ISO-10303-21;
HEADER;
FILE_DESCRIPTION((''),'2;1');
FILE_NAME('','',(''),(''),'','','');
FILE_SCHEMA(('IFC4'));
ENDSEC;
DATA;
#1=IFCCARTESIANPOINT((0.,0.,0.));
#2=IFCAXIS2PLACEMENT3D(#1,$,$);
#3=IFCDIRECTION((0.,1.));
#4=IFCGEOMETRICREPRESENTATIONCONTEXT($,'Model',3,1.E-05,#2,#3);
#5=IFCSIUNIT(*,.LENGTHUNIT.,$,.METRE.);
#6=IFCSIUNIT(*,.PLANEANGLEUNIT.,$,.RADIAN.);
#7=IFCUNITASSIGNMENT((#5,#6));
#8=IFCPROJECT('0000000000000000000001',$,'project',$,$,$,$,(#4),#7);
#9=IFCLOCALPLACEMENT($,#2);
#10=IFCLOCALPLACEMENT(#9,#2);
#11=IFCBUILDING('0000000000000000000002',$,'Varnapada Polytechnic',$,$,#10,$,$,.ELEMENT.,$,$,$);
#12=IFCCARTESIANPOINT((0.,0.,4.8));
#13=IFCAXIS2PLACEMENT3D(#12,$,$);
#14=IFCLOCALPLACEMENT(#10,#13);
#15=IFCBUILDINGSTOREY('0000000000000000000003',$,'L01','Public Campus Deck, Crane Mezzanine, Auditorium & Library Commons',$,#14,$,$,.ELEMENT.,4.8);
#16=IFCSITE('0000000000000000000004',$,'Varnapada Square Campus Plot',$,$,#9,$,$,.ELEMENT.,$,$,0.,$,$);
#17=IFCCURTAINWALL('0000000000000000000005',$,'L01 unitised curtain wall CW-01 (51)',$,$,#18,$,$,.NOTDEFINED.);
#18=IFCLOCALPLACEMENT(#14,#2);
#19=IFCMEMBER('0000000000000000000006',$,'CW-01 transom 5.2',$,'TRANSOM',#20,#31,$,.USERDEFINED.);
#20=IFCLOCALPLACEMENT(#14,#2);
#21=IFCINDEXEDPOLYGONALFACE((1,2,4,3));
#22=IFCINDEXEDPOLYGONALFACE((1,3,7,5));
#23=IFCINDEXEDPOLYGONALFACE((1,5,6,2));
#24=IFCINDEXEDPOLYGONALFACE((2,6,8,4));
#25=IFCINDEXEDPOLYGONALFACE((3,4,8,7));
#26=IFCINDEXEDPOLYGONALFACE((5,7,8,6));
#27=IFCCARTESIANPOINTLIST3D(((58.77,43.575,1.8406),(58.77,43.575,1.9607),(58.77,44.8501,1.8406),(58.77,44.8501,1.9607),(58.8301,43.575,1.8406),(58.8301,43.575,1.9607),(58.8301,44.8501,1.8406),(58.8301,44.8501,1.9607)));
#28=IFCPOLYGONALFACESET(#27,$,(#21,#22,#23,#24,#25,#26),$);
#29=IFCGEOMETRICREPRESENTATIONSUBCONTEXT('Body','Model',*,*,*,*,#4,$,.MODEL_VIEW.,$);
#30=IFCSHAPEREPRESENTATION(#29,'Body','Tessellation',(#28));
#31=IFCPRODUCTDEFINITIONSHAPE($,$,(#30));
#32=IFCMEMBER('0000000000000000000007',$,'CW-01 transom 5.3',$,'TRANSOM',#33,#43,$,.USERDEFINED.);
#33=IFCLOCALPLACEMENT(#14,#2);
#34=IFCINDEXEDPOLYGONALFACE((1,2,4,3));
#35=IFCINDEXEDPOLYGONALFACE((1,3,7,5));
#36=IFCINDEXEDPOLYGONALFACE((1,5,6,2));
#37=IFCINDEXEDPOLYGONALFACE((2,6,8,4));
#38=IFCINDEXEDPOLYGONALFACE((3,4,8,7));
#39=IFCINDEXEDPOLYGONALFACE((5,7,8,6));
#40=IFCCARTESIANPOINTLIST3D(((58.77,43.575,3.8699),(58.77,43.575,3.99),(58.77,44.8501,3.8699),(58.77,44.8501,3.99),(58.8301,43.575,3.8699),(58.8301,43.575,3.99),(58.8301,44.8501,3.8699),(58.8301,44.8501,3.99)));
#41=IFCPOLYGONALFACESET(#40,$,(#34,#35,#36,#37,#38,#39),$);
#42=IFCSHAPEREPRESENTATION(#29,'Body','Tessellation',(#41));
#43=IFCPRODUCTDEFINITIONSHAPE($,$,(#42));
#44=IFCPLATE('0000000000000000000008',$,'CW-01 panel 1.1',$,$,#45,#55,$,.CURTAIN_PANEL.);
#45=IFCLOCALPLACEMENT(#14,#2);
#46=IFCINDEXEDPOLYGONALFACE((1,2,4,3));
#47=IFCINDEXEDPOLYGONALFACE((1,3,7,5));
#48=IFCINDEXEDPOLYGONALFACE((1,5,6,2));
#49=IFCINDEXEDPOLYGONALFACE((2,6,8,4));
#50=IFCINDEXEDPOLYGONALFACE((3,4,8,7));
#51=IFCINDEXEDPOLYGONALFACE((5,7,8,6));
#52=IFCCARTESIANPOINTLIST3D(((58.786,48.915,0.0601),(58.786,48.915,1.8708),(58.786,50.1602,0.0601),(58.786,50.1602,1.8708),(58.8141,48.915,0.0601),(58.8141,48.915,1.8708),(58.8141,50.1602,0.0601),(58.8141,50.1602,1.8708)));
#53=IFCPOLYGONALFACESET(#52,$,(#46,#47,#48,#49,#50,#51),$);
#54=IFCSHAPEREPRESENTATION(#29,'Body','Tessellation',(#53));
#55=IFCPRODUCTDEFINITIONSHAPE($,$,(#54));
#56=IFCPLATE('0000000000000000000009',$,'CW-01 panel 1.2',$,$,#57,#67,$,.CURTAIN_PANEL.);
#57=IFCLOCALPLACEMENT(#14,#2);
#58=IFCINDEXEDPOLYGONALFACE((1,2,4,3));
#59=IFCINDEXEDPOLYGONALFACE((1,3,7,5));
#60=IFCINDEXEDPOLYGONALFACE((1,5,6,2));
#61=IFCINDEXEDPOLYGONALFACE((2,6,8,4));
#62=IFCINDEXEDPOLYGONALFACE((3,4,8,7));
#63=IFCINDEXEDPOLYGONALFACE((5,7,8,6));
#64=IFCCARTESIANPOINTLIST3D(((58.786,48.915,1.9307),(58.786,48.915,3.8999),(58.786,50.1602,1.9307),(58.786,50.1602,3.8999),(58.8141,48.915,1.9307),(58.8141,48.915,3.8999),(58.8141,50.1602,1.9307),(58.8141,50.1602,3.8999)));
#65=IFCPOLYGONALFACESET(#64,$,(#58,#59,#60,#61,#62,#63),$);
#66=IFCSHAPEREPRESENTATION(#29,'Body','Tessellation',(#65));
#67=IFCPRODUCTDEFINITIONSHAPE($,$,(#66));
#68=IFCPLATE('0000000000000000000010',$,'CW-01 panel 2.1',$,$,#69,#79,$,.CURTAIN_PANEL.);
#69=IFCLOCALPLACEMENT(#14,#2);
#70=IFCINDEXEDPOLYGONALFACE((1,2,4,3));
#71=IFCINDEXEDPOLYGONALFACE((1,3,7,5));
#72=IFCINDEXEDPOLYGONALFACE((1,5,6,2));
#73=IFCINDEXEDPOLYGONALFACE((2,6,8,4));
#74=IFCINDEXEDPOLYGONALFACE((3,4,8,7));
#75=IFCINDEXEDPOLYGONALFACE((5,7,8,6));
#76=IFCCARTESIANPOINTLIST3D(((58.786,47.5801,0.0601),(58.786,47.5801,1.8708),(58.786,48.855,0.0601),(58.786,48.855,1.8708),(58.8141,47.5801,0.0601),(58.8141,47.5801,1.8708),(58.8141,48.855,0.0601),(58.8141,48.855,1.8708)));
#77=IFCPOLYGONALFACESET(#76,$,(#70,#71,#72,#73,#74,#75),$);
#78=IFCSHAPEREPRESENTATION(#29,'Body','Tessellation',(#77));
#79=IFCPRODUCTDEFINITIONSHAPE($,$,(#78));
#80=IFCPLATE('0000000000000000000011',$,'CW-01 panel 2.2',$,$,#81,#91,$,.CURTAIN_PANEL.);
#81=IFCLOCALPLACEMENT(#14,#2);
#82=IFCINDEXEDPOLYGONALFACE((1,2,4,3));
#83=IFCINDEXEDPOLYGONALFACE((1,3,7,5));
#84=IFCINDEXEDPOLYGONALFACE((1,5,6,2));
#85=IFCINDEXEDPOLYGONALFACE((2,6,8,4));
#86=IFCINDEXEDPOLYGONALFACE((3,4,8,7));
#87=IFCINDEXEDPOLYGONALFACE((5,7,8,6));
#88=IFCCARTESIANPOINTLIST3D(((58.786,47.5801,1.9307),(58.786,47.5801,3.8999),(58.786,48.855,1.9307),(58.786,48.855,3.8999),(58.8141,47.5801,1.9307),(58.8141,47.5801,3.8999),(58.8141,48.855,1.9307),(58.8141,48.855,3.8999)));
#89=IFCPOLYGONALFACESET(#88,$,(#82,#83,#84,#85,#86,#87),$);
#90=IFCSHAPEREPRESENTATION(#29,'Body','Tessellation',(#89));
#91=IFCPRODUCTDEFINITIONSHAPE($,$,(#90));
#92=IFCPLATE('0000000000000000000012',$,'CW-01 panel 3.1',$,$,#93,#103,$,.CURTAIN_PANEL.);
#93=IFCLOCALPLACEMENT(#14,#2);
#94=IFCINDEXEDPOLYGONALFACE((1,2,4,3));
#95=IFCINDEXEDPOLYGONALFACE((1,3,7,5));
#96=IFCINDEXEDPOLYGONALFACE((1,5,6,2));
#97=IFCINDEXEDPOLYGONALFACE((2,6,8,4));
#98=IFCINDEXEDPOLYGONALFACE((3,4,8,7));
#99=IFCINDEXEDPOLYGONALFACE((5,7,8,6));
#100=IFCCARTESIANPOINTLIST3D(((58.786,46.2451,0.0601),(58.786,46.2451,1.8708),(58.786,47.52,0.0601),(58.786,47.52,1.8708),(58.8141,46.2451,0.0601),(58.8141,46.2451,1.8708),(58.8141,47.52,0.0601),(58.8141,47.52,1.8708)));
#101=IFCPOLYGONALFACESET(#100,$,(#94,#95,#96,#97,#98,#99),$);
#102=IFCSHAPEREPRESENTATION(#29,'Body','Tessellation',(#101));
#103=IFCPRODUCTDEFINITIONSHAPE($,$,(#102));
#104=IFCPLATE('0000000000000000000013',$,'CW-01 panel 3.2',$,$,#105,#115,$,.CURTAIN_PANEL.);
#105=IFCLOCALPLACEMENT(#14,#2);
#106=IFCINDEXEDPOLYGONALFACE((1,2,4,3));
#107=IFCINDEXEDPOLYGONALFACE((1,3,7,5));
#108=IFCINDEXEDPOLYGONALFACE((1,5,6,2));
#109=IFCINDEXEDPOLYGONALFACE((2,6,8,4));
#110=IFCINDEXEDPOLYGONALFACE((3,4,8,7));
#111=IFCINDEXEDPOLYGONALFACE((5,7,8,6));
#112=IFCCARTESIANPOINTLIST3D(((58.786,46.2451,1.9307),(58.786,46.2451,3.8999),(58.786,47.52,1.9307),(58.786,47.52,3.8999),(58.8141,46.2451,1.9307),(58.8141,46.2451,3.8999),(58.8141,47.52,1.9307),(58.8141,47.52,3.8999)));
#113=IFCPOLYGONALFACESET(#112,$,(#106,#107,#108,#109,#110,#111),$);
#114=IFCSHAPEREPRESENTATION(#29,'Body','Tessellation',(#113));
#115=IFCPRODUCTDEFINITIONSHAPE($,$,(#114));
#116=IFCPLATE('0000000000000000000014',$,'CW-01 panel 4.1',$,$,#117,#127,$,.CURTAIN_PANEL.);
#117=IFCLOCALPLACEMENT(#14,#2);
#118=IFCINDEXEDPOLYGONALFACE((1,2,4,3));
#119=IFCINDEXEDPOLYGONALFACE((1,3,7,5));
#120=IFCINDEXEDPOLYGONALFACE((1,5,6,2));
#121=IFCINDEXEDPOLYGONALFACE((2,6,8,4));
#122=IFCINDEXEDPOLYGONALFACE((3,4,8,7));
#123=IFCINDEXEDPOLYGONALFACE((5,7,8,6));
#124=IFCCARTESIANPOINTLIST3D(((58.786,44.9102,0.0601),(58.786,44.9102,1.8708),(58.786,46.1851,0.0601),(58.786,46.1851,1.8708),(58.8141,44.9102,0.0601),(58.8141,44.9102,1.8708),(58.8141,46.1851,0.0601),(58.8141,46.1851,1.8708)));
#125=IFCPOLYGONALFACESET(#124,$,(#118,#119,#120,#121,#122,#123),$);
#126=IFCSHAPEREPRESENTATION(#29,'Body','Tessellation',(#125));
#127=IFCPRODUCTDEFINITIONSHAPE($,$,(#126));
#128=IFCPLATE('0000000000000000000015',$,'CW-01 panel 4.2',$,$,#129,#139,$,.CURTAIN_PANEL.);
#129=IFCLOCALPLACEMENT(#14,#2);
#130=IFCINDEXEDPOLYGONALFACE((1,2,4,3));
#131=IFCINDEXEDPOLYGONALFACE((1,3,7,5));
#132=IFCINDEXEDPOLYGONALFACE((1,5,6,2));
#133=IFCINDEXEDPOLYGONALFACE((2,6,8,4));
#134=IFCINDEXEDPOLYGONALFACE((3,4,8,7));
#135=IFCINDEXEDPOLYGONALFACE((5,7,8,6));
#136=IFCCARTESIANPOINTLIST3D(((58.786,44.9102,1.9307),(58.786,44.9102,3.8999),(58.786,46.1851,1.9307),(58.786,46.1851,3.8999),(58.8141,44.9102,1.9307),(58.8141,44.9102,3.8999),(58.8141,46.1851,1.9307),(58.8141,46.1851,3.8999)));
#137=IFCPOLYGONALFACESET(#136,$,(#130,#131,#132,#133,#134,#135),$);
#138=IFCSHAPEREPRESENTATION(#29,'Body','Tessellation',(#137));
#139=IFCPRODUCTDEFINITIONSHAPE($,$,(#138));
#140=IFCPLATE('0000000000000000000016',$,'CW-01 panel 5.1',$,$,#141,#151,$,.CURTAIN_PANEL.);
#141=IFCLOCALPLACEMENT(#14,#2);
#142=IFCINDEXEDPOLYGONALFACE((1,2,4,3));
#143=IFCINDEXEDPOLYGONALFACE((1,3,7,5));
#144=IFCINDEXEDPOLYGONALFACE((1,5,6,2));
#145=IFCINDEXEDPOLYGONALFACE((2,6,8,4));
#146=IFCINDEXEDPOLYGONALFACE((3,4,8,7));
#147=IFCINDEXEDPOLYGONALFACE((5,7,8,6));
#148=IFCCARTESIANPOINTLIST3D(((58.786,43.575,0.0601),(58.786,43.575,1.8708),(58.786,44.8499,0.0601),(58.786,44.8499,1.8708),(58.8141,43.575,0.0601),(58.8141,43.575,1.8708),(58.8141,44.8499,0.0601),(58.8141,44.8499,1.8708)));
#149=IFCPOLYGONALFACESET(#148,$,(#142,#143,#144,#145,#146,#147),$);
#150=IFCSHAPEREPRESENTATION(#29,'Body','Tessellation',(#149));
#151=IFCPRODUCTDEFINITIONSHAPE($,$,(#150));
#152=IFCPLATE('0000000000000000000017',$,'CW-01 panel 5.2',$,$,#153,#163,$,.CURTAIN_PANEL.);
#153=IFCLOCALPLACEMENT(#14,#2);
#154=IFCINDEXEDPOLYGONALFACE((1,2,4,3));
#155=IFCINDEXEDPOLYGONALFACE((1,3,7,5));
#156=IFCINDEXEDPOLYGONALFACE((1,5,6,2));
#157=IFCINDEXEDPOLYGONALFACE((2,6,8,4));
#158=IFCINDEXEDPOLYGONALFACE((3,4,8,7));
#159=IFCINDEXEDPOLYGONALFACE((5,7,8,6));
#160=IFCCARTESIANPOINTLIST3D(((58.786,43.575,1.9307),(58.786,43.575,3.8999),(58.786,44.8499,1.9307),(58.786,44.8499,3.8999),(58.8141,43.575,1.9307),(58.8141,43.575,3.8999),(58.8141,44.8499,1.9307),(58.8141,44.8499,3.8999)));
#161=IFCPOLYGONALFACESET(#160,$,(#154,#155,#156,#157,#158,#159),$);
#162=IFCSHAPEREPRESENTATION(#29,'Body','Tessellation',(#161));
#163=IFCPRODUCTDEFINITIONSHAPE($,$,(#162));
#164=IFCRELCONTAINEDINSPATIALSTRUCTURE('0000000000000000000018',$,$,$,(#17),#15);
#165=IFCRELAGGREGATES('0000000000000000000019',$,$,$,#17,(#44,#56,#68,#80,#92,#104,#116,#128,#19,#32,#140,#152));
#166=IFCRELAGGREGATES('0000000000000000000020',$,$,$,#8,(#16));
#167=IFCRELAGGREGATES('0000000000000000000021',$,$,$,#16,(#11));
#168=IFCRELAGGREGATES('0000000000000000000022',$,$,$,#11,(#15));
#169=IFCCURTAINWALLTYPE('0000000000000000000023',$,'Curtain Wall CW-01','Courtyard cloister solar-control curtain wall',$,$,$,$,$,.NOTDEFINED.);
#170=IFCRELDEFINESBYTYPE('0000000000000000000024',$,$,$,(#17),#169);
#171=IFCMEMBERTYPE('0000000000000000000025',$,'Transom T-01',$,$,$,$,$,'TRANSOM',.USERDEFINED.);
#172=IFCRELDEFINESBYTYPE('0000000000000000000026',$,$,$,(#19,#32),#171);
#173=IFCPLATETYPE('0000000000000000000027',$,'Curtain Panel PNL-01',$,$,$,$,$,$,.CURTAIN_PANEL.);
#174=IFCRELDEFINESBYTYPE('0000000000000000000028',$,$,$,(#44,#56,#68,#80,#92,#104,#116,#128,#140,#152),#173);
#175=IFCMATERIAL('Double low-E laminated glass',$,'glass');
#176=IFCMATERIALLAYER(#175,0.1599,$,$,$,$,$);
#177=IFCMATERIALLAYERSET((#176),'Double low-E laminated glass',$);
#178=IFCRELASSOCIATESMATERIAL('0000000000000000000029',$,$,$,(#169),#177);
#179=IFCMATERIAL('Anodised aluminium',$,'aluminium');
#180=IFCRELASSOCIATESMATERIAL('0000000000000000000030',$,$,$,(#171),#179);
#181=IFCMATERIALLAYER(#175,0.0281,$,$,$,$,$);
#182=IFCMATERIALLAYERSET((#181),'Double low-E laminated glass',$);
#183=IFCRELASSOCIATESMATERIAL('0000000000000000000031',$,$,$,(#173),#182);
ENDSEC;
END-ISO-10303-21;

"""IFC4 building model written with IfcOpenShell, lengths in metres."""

from ifc_helpers import new_model, si_unit, direction, frame, origin, origin_2d, place, context, subcontext, project, spatial, rectangle, extrude, material, layer, layer_set, material_profile, profile_set, type_object, element, aggregate, save


model = new_model("IFC4")

# Units and contexts
model_context = context("Model", 3, precision=1e-05, world=origin(), true_north=direction((0.0, 1.0)))
body_context = subcontext(model_context, "Body", "Model", "MODEL_VIEW")
ifc_project = project(units=[si_unit("LENGTHUNIT", "METRE"), si_unit("PLANEANGLEUNIT", "RADIAN")], contexts=[model_context])

# Site, building, storey
site_placement = place(None, origin())
site = spatial("IfcSite", under=ifc_project, at=site_placement, Name="Varnapada Square Campus Plot", CompositionType="ELEMENT", RefElevation=0.0)
building_placement = place(site_placement, origin())
building = spatial("IfcBuilding", under=site, at=building_placement, Name="Varnapada Polytechnic", CompositionType="ELEMENT")
storey_placement = place(building_placement, frame((0.0, 0.0, 4.8)))
storey = spatial("IfcBuildingStorey", under=building, at=storey_placement, Name="L01", Description="Public Campus Deck, Crane Mezzanine, Auditorium & Library Commons", CompositionType="ELEMENT", Elevation=4.8)

# Curtain wall, members, plates
ifc_material_1 = material(Name="Double low-E laminated glass", Category="glass")
ifc_layer_1 = layer(ifc_material_1, 0.1599)
ifc_layer_set_1 = layer_set([ifc_layer_1], Name="Double low-E laminated glass")
curtain_wall_type = type_object("IfcCurtainWallType", Name="Curtain Wall CW-01", Description="Courtyard cloister solar-control curtain wall", PredefinedType="NOTDEFINED", material=ifc_layer_set_1)
curtain_wall_placement = place(storey_placement, origin())
curtain_wall = element("IfcCurtainWall", 1, at=curtain_wall_placement, inside=storey, type_object=curtain_wall_type, Name="L01 unitised curtain wall CW-01 (51)", PredefinedType="NOTDEFINED")
ifc_material_2 = material(Name="Anodised aluminium", Category="aluminium")
ifc_material_profile_1 = material_profile(ifc_material_2, rectangle(XDim=0.0601, YDim=0.1201, at=origin_2d()), Name="ALU T60x120")
ifc_profile_set_1 = profile_set([ifc_material_profile_1], Name="Anodised aluminium")
member_type_1 = type_object("IfcMemberType", Name="Transom T-01", ElementType="TRANSOM", PredefinedType="USERDEFINED", material=ifc_profile_set_1)
member_1_placement = place(storey_placement, frame((58.8, 44.8501, 1.9006), z_axis=(0.0, -1.0, 0.0), x_axis=(1.0, 0.0, 0.0)))
member_1 = element("IfcMember", 2, at=member_1_placement, type_object=member_type_1, Name="CW-01 transom 5.2", ObjectType="TRANSOM", PredefinedType="USERDEFINED", context=body_context, shape_type="SweptSolid", body=[
    extrude(rectangle(XDim=0.0601, YDim=0.1201, at=origin_2d()), origin(), (0.0, 0.0, 1.0), 1.2751),
])
member_2_placement = place(storey_placement, frame((58.8, 44.8501, 3.9299), z_axis=(0.0, -1.0, 0.0), x_axis=(1.0, 0.0, 0.0)))
member_2 = element("IfcMember", 3, at=member_2_placement, type_object=member_type_1, Name="CW-01 transom 5.3", ObjectType="TRANSOM", PredefinedType="USERDEFINED", context=body_context, shape_type="SweptSolid", body=[
    extrude(rectangle(XDim=0.0601, YDim=0.1201, at=origin_2d()), origin(), (0.0, 0.0, 1.0), 1.2751),
])
ifc_layer_2 = layer(ifc_material_1, 0.0281)
ifc_layer_set_2 = layer_set([ifc_layer_2], Name="Double low-E laminated glass")
plate_type = type_object("IfcPlateType", Name="Curtain Panel PNL-01", PredefinedType="CURTAIN_PANEL", material=ifc_layer_set_2)
plate_1_placement = place(storey_placement, frame((58.8, 49.5376, 0.0601), z_axis=(0.0, 0.0, 1.0), x_axis=(0.0, -1.0, 0.0)))
plate_1 = element("IfcPlate", 4, at=plate_1_placement, type_object=plate_type, Name="CW-01 panel 1.1", PredefinedType="CURTAIN_PANEL", context=body_context, shape_type="SweptSolid", body=[
    extrude(rectangle(XDim=1.2451, YDim=0.0281, at=origin_2d()), origin(), (0.0, 0.0, 1.0), 1.8108),
])
plate_2_placement = place(storey_placement, frame((58.8, 49.5376, 1.9307), z_axis=(0.0, 0.0, 1.0), x_axis=(0.0, -1.0, 0.0)))
plate_2 = element("IfcPlate", 5, at=plate_2_placement, type_object=plate_type, Name="CW-01 panel 1.2", PredefinedType="CURTAIN_PANEL", context=body_context, shape_type="SweptSolid", body=[
    extrude(rectangle(XDim=1.2451, YDim=0.0281, at=origin_2d()), origin(), (0.0, 0.0, 1.0), 1.9692),
])
plate_3_placement = place(storey_placement, frame((58.8, 48.2175, 0.0601), z_axis=(0.0, 0.0, 1.0), x_axis=(0.0, -1.0, 0.0)))
plate_3 = element("IfcPlate", 6, at=plate_3_placement, type_object=plate_type, Name="CW-01 panel 2.1", PredefinedType="CURTAIN_PANEL", context=body_context, shape_type="SweptSolid", body=[
    extrude(rectangle(XDim=1.2749, YDim=0.0281, at=origin_2d()), origin(), (0.0, 0.0, 1.0), 1.8108),
])
plate_4_placement = place(storey_placement, frame((58.8, 48.2175, 1.9307), z_axis=(0.0, 0.0, 1.0), x_axis=(0.0, -1.0, 0.0)))
plate_4 = element("IfcPlate", 7, at=plate_4_placement, type_object=plate_type, Name="CW-01 panel 2.2", PredefinedType="CURTAIN_PANEL", context=body_context, shape_type="SweptSolid", body=[
    extrude(rectangle(XDim=1.2749, YDim=0.0281, at=origin_2d()), origin(), (0.0, 0.0, 1.0), 1.9692),
])
plate_5_placement = place(storey_placement, frame((58.8, 46.8826, 0.0601), z_axis=(0.0, 0.0, 1.0), x_axis=(0.0, -1.0, 0.0)))
plate_5 = element("IfcPlate", 8, at=plate_5_placement, type_object=plate_type, Name="CW-01 panel 3.1", PredefinedType="CURTAIN_PANEL", context=body_context, shape_type="SweptSolid", body=[
    extrude(rectangle(XDim=1.2749, YDim=0.0281, at=origin_2d()), origin(), (0.0, 0.0, 1.0), 1.8108),
])
plate_6_placement = place(storey_placement, frame((58.8, 46.8826, 1.9307), z_axis=(0.0, 0.0, 1.0), x_axis=(0.0, -1.0, 0.0)))
plate_6 = element("IfcPlate", 9, at=plate_6_placement, type_object=plate_type, Name="CW-01 panel 3.2", PredefinedType="CURTAIN_PANEL", context=body_context, shape_type="SweptSolid", body=[
    extrude(rectangle(XDim=1.2749, YDim=0.0281, at=origin_2d()), origin(), (0.0, 0.0, 1.0), 1.9692),
])
plate_7_placement = place(storey_placement, frame((58.8, 45.5476, 0.0601), z_axis=(0.0, 0.0, 1.0), x_axis=(0.0, -1.0, 0.0)))
plate_7 = element("IfcPlate", 10, at=plate_7_placement, type_object=plate_type, Name="CW-01 panel 4.1", PredefinedType="CURTAIN_PANEL", context=body_context, shape_type="SweptSolid", body=[
    extrude(rectangle(XDim=1.2749, YDim=0.0281, at=origin_2d()), origin(), (0.0, 0.0, 1.0), 1.8108),
])
plate_8_placement = place(storey_placement, frame((58.8, 45.5476, 1.9307), z_axis=(0.0, 0.0, 1.0), x_axis=(0.0, -1.0, 0.0)))
plate_8 = element("IfcPlate", 11, at=plate_8_placement, type_object=plate_type, Name="CW-01 panel 4.2", PredefinedType="CURTAIN_PANEL", context=body_context, shape_type="SweptSolid", body=[
    extrude(rectangle(XDim=1.2749, YDim=0.0281, at=origin_2d()), origin(), (0.0, 0.0, 1.0), 1.9692),
])
plate_9_placement = place(storey_placement, frame((58.8, 44.2124, 0.0601), z_axis=(0.0, 0.0, 1.0), x_axis=(0.0, -1.0, 0.0)))
plate_9 = element("IfcPlate", 12, at=plate_9_placement, type_object=plate_type, Name="CW-01 panel 5.1", PredefinedType="CURTAIN_PANEL", context=body_context, shape_type="SweptSolid", body=[
    extrude(rectangle(XDim=1.2749, YDim=0.0281, at=origin_2d()), origin(), (0.0, 0.0, 1.0), 1.8108),
])
plate_10_placement = place(storey_placement, frame((58.8, 44.2124, 1.9307), z_axis=(0.0, 0.0, 1.0), x_axis=(0.0, -1.0, 0.0)))
plate_10 = element("IfcPlate", 13, at=plate_10_placement, type_object=plate_type, Name="CW-01 panel 5.2", PredefinedType="CURTAIN_PANEL", context=body_context, shape_type="SweptSolid", body=[
    extrude(rectangle(XDim=1.2749, YDim=0.0281, at=origin_2d()), origin(), (0.0, 0.0, 1.0), 1.9692),
])
aggregate(curtain_wall, [plate_1, plate_2, plate_3, plate_4, plate_5, plate_6, plate_7, plate_8, member_1, member_2, plate_9, plate_10])

save(model, "model.ifc")
